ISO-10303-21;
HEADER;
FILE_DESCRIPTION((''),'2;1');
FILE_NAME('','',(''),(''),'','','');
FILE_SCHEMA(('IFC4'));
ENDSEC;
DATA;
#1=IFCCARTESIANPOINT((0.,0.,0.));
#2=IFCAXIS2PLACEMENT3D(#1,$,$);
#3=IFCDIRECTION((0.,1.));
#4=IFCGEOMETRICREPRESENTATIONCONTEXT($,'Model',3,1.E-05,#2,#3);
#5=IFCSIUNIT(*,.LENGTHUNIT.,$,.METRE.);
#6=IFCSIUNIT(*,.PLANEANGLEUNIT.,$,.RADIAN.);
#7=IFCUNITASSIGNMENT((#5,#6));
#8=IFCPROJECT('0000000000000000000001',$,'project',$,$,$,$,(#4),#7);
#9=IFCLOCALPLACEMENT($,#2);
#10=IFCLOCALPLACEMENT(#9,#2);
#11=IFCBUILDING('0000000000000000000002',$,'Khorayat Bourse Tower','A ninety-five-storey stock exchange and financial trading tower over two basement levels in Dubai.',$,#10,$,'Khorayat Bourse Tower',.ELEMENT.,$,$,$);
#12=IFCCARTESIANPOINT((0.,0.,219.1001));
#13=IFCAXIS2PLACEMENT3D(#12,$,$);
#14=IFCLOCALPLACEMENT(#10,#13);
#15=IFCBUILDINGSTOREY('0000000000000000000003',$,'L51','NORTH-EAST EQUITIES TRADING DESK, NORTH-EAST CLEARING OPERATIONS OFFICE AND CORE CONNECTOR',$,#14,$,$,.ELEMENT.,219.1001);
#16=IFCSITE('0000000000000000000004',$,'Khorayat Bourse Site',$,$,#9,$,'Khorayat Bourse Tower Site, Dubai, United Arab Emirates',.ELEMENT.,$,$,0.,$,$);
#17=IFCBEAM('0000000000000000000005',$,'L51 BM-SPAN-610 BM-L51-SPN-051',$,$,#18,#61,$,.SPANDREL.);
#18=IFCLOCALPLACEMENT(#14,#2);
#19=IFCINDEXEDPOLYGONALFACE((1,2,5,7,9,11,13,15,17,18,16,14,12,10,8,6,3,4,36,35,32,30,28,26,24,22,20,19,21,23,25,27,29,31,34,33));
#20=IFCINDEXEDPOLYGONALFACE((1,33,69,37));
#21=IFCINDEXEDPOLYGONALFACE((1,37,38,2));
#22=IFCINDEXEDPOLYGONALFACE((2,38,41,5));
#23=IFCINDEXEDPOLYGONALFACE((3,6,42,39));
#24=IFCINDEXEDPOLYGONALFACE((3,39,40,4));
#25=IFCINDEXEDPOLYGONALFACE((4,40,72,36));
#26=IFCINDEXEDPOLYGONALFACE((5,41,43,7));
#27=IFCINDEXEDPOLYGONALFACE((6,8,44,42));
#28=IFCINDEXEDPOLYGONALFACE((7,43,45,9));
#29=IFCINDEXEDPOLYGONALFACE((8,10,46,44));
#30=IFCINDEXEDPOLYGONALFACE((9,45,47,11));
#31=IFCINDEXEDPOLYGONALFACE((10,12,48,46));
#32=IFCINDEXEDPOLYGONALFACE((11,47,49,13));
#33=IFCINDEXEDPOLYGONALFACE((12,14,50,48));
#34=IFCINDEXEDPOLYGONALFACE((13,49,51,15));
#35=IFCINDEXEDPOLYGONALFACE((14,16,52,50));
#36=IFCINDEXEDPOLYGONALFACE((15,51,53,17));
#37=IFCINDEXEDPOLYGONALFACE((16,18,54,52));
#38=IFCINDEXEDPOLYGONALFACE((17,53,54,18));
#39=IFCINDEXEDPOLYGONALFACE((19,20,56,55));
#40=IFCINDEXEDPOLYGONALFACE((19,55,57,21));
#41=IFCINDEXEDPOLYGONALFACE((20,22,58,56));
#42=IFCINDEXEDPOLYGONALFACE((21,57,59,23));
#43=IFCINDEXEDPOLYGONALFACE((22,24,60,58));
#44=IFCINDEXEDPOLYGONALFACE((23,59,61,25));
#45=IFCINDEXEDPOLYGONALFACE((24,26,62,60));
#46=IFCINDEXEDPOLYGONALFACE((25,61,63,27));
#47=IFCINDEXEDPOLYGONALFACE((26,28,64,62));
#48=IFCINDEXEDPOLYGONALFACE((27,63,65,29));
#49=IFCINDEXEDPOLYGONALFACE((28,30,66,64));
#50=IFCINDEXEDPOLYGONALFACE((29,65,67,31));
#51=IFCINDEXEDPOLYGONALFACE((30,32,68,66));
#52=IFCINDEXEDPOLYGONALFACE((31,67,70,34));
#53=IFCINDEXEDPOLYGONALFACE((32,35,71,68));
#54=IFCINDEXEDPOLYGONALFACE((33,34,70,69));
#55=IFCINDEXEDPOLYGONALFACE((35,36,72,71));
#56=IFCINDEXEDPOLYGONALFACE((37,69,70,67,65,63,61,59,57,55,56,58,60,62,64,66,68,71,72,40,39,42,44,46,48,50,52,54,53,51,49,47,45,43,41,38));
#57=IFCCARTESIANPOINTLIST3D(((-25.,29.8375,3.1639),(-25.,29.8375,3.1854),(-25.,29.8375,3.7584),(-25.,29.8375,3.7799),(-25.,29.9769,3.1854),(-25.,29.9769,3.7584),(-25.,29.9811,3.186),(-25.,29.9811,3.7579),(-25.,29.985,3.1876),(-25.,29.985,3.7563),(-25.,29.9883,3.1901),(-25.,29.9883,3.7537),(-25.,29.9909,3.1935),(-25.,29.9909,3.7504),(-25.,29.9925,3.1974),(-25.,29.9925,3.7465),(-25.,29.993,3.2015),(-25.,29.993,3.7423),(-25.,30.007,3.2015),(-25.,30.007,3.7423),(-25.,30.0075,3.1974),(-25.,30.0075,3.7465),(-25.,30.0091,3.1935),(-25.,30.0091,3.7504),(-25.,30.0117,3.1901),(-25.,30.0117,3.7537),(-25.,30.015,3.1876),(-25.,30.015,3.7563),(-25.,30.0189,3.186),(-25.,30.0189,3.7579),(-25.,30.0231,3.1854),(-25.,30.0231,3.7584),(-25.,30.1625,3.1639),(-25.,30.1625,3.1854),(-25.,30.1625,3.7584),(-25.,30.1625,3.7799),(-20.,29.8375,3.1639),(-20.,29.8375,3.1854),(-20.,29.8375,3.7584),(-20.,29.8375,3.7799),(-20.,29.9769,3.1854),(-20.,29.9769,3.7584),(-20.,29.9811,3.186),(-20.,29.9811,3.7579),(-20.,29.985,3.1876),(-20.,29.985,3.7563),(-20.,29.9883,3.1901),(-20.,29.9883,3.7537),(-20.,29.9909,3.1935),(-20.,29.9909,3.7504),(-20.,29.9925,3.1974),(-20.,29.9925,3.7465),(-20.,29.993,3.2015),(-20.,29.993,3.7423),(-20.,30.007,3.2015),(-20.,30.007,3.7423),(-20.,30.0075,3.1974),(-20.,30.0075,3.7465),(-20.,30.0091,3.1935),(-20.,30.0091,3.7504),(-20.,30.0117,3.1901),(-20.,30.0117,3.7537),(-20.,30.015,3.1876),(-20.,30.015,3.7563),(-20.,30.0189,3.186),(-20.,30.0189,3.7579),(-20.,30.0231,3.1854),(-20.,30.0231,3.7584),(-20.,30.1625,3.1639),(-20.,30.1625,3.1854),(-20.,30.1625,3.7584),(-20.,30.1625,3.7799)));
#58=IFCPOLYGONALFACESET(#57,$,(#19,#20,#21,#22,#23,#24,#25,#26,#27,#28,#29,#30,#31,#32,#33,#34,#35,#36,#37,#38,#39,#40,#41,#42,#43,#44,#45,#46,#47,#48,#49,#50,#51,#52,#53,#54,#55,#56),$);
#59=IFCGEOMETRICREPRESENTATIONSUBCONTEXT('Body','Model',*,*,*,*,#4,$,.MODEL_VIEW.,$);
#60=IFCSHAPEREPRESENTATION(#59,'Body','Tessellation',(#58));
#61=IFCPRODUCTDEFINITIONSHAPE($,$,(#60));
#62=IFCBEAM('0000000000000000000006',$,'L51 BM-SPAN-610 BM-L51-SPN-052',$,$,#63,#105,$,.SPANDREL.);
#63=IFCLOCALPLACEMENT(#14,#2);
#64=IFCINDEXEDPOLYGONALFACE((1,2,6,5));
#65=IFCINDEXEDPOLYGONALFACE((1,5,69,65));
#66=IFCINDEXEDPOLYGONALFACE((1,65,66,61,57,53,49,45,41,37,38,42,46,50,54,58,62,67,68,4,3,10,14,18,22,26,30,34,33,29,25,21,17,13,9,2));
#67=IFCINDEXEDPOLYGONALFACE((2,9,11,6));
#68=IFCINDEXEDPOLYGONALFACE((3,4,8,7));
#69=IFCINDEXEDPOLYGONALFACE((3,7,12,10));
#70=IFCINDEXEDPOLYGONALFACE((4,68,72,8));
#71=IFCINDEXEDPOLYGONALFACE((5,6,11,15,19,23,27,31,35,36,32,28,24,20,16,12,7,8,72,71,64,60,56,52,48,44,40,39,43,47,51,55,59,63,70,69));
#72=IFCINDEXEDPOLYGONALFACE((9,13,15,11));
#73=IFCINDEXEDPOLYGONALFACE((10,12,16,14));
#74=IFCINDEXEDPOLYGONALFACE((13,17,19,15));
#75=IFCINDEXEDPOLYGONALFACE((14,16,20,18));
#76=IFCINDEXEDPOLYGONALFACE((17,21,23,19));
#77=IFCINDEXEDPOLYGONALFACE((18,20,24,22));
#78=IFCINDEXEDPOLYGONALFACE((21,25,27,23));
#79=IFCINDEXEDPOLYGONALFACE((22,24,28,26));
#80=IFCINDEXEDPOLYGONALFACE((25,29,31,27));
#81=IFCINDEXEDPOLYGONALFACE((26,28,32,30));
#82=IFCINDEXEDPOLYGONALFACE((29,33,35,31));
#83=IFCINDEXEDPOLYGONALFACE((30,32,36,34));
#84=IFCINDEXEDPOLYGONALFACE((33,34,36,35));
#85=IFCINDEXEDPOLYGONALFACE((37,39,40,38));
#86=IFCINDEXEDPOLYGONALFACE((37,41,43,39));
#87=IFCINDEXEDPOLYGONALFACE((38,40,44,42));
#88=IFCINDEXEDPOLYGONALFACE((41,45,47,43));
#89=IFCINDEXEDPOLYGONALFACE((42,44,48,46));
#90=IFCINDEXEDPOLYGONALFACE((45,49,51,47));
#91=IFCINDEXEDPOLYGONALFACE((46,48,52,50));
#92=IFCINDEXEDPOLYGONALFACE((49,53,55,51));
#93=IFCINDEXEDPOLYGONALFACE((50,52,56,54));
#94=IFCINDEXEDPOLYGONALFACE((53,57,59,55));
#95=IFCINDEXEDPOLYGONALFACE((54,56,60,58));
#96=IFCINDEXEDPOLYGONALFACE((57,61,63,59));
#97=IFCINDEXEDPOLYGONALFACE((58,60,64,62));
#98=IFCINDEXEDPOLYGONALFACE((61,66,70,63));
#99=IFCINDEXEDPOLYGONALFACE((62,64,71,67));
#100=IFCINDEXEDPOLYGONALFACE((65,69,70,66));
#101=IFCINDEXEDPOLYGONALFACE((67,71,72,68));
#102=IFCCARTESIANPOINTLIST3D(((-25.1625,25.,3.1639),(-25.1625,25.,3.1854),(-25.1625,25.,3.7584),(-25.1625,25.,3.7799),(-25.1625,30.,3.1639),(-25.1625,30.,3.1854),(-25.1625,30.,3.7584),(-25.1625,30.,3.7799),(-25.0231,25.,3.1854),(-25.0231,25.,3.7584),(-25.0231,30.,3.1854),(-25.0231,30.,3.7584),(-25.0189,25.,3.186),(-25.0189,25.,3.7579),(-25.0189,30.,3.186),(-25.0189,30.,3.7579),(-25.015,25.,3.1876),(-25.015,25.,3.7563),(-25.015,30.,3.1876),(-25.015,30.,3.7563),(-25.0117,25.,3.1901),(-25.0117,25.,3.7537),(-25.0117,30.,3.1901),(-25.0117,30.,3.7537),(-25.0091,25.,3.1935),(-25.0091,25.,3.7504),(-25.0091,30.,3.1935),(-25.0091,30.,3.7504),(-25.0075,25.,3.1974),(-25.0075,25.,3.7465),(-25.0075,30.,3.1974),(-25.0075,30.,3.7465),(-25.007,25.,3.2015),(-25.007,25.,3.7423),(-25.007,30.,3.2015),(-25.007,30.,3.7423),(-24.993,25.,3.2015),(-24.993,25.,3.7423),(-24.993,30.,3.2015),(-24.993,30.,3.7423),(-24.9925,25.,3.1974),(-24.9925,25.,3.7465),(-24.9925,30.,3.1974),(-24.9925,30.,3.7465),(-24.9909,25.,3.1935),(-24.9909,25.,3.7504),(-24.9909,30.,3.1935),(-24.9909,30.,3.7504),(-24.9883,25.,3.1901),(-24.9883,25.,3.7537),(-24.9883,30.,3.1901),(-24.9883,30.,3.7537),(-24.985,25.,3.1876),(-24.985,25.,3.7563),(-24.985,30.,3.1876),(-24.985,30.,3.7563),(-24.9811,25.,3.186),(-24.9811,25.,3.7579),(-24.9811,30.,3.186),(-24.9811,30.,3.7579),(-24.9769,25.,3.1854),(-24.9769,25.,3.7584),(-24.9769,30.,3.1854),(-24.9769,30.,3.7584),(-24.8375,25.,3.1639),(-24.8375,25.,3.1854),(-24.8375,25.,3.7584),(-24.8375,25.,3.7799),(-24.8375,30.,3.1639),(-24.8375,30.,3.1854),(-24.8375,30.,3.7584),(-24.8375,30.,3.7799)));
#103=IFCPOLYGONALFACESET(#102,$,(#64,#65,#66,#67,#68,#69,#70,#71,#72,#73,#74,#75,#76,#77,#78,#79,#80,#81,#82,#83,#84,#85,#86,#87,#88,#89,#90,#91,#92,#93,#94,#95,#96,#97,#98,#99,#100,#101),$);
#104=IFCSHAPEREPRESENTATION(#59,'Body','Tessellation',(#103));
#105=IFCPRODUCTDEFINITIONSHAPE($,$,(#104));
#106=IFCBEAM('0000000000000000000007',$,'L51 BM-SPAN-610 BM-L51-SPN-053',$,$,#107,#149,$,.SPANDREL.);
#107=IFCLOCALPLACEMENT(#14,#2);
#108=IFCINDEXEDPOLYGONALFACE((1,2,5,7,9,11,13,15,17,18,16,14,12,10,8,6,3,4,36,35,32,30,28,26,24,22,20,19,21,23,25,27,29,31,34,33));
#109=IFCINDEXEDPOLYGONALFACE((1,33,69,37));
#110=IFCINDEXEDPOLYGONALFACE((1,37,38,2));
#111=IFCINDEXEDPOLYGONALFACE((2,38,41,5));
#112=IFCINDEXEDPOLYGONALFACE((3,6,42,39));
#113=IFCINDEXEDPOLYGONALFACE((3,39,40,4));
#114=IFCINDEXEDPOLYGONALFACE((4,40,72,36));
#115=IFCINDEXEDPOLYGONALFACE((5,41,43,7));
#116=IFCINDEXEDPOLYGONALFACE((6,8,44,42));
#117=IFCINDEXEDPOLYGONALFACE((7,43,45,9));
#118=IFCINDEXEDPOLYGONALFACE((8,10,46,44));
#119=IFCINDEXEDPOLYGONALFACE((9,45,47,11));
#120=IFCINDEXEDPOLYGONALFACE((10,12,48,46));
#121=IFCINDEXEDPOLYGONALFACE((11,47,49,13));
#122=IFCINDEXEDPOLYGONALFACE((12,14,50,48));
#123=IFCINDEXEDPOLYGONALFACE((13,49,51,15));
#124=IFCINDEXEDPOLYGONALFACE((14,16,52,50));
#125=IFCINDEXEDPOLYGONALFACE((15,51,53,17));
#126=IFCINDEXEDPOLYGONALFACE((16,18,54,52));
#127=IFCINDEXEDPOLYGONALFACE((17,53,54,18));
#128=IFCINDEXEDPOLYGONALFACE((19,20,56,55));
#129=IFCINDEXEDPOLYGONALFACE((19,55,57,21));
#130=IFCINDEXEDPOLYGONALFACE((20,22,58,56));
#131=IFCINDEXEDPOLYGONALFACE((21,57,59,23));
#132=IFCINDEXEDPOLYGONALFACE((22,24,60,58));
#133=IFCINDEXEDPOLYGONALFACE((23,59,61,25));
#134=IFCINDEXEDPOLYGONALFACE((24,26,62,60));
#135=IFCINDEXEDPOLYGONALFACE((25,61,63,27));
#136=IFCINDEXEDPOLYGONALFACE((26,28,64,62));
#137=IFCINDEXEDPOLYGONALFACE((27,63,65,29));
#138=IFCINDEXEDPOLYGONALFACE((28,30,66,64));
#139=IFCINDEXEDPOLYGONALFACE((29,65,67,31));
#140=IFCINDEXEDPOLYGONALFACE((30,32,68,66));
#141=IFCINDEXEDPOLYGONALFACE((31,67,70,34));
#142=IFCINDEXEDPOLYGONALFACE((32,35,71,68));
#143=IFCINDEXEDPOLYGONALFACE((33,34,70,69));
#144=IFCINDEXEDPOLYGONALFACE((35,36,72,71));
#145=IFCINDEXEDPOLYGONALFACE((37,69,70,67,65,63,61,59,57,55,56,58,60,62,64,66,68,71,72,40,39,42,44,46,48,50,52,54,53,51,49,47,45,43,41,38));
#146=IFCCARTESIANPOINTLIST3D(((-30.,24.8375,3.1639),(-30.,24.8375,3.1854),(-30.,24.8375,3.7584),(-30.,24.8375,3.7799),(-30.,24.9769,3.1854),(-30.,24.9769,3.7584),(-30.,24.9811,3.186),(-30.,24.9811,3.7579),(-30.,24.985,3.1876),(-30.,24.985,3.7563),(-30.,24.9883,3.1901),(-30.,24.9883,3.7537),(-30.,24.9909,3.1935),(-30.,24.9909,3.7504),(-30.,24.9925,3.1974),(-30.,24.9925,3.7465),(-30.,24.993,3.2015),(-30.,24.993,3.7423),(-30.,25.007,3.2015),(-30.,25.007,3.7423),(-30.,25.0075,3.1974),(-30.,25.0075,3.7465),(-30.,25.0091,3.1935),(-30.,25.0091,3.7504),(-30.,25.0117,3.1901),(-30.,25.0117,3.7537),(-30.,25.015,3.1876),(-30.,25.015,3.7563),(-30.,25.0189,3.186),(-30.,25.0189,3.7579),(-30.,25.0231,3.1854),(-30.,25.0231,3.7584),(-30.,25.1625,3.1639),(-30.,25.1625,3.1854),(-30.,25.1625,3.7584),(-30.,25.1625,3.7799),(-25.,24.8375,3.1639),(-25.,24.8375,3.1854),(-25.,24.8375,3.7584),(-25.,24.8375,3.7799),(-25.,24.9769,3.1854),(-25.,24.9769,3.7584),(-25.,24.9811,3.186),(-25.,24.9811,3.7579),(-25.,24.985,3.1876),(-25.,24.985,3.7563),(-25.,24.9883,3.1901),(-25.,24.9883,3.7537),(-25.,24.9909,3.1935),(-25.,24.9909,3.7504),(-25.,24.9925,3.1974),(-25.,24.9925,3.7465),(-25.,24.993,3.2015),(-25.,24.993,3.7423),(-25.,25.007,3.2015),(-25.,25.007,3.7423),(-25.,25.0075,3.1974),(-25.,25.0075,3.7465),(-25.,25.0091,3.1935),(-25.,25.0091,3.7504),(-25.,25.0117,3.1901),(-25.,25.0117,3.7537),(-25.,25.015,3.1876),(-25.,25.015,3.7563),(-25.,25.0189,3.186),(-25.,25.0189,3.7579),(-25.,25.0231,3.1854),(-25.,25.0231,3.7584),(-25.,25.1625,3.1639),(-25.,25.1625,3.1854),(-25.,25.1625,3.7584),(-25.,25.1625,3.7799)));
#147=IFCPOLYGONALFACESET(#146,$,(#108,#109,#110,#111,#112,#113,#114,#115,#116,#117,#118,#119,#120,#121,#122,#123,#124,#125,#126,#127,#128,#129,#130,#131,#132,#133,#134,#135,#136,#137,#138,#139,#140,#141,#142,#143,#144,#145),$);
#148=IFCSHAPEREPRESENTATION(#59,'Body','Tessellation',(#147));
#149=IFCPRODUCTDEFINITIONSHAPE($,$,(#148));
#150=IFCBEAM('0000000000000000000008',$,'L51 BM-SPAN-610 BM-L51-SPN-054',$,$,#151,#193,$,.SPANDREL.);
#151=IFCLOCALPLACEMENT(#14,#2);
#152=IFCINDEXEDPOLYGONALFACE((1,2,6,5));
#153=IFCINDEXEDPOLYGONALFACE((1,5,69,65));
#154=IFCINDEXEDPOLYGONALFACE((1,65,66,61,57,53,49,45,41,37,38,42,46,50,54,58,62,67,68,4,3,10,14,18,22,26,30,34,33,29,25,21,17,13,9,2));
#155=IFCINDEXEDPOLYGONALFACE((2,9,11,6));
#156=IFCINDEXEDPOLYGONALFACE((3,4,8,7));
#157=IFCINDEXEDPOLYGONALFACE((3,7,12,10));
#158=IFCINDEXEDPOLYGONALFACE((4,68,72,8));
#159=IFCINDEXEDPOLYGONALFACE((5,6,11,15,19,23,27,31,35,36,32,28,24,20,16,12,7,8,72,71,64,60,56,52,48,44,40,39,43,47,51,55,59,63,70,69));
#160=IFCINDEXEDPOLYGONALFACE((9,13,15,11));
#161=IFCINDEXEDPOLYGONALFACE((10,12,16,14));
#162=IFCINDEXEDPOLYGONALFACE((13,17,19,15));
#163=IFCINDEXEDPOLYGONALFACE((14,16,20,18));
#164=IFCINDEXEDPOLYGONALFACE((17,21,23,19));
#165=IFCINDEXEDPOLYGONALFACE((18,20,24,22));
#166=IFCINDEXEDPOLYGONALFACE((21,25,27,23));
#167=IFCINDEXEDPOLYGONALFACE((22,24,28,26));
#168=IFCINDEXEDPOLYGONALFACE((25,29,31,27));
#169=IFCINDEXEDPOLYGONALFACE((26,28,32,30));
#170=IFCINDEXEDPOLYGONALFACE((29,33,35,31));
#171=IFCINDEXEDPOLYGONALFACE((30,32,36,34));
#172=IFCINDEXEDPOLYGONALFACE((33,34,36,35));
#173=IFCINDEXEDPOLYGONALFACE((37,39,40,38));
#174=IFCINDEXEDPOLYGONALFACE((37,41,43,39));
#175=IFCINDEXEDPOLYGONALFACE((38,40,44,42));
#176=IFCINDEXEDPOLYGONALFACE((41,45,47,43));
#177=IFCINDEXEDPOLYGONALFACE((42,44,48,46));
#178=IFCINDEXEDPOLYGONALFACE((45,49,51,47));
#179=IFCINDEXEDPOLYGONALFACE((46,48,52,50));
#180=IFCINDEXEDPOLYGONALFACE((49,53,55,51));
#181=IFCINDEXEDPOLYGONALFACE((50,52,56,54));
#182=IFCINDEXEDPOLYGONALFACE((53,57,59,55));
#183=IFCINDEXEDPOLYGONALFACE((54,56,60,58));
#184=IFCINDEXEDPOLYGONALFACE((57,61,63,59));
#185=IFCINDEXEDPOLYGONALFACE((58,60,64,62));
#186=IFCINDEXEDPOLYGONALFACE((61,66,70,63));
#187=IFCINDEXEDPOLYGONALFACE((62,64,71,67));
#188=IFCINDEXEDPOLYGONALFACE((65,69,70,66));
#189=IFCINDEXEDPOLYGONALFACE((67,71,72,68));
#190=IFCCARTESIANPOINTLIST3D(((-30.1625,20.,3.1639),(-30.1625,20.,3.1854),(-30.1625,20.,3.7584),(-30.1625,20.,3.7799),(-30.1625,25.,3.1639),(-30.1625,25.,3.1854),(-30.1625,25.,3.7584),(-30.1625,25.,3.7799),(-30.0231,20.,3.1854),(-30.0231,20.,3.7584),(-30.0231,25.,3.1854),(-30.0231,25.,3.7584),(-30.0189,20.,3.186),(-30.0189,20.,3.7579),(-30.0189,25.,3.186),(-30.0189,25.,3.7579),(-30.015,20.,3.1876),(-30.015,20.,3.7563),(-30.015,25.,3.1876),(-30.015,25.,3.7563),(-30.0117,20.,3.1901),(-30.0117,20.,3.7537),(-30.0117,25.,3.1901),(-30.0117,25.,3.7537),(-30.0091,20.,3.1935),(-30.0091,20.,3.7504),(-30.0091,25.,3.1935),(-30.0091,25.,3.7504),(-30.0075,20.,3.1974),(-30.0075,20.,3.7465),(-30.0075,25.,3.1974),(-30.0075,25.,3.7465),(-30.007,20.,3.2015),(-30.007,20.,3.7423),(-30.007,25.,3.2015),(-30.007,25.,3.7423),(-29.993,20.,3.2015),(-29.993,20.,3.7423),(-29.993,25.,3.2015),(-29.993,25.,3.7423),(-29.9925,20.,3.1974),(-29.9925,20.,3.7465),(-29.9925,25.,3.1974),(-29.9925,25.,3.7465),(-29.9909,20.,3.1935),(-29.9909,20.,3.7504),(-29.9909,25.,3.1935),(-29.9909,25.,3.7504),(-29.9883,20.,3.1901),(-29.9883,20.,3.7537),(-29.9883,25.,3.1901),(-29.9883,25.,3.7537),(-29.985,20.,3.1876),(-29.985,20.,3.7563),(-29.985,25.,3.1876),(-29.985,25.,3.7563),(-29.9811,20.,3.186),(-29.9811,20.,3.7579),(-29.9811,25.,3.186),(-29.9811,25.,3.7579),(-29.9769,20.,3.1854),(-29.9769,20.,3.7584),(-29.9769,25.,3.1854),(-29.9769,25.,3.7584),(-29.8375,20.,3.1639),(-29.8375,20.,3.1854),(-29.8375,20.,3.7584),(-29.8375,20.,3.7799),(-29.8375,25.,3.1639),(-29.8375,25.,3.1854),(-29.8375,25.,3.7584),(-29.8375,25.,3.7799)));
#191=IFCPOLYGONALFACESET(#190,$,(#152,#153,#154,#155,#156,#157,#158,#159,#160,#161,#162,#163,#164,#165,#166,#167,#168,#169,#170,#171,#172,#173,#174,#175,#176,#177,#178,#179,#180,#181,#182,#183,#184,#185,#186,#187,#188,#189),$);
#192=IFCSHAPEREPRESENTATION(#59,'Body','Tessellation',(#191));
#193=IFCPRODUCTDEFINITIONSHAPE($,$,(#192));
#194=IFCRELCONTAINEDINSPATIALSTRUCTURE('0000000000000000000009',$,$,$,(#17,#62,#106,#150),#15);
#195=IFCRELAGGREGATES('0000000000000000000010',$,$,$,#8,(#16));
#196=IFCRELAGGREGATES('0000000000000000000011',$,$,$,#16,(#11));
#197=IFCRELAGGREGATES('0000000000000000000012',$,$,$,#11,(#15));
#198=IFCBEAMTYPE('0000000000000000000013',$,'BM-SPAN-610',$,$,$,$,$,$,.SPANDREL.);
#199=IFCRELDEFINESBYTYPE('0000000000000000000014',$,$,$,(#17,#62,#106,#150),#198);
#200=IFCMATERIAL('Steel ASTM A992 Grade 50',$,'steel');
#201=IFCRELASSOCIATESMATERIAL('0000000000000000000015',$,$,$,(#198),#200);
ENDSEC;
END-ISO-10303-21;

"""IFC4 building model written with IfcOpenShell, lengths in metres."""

from ifc_helpers import new_model, si_unit, direction, frame, origin, origin_2d, place, context, subcontext, project, spatial, i_section, extrude, source, transform, mapped, material, material_profile, profile_set, type_object, element, save


model = new_model("IFC4")

# Units and contexts
model_context = context("Model", 3, precision=1e-05, world=origin(), true_north=direction((0.0, 1.0)))
body_context = subcontext(model_context, "Body", "Model", "MODEL_VIEW")
ifc_project = project(units=[si_unit("LENGTHUNIT", "METRE"), si_unit("PLANEANGLEUNIT", "RADIAN")], contexts=[model_context])

# Site, building, storey
site_placement = place(None, origin())
site = spatial("IfcSite", under=ifc_project, at=site_placement, Name="Khorayat Bourse Site", LongName="Khorayat Bourse Tower Site, Dubai, United Arab Emirates", CompositionType="ELEMENT", RefElevation=0.0)
building_placement = place(site_placement, origin())
building = spatial("IfcBuilding", under=site, at=building_placement, Name="Khorayat Bourse Tower", Description="A ninety-five-storey stock exchange and financial trading tower over two basement levels in Dubai.", LongName="Khorayat Bourse Tower", CompositionType="ELEMENT")
storey_placement = place(building_placement, frame((0.0, 0.0, 219.1001)))
storey = spatial("IfcBuildingStorey", under=building, at=storey_placement, Name="L51", Description="NORTH-EAST EQUITIES TRADING DESK, NORTH-EAST CLEARING OPERATIONS OFFICE AND CORE CONNECTOR", CompositionType="ELEMENT", Elevation=219.1001)

# Beams
ifc_material_1 = material(Name="Steel ASTM A992 Grade 50", Category="steel")
ifc_material_profile_1 = material_profile(ifc_material_1, i_section(OverallWidth=0.325, OverallDepth=0.616, WebThickness=0.0139, FlangeThickness=0.0215, FilletRadius=0.0161, at=origin_2d()), Name="W610X174")
ifc_profile_set_1 = profile_set([ifc_material_profile_1], Name="Steel ASTM A992 Grade 50")
beam_type_1 = type_object("IfcBeamType", Name="BM-SPAN-610", PredefinedType="SPANDREL", material=ifc_profile_set_1)
shared_shape_1 = source(origin(), body_context, "Body", "SweptSolid", [
    extrude(i_section(OverallWidth=0.325, OverallDepth=0.616, WebThickness=0.0139, FlangeThickness=0.0215, FilletRadius=0.0161, at=origin_2d()), origin(), (0.0, 0.0, 1.0), 5.0),
])
for number, where, z_axis, x_axis, name in (
    (1, (-25.0, 30.0, 3.4719), (1.0, 0.0, 0.0), (0.0, 1.0, 0.0), "L51 BM-SPAN-610 BM-L51-SPN-051"),
    (2, (-25.0, 25.0, 3.4719), (0.0, 1.0, 0.0), (-1.0, 0.0, 0.0), "L51 BM-SPAN-610 BM-L51-SPN-052"),
    (3, (-30.0, 25.0, 3.4719), (1.0, 0.0, 0.0), (0.0, 1.0, 0.0), "L51 BM-SPAN-610 BM-L51-SPN-053"),
    (4, (-30.0, 20.0, 3.4719), (0.0, 1.0, 0.0), (-1.0, 0.0, 0.0), "L51 BM-SPAN-610 BM-L51-SPN-054"),
):
    element("IfcBeam", number, at=place(storey_placement, frame(where, z_axis=z_axis, x_axis=x_axis)), inside=storey, type_object=beam_type_1, Name=name, PredefinedType="SPANDREL", context=body_context, shape_type="MappedRepresentation", body=[
        mapped(shared_shape_1, transform((0.0, 0.0, 0.0), scale=1.0)),
    ])

save(model, "model.ifc")
